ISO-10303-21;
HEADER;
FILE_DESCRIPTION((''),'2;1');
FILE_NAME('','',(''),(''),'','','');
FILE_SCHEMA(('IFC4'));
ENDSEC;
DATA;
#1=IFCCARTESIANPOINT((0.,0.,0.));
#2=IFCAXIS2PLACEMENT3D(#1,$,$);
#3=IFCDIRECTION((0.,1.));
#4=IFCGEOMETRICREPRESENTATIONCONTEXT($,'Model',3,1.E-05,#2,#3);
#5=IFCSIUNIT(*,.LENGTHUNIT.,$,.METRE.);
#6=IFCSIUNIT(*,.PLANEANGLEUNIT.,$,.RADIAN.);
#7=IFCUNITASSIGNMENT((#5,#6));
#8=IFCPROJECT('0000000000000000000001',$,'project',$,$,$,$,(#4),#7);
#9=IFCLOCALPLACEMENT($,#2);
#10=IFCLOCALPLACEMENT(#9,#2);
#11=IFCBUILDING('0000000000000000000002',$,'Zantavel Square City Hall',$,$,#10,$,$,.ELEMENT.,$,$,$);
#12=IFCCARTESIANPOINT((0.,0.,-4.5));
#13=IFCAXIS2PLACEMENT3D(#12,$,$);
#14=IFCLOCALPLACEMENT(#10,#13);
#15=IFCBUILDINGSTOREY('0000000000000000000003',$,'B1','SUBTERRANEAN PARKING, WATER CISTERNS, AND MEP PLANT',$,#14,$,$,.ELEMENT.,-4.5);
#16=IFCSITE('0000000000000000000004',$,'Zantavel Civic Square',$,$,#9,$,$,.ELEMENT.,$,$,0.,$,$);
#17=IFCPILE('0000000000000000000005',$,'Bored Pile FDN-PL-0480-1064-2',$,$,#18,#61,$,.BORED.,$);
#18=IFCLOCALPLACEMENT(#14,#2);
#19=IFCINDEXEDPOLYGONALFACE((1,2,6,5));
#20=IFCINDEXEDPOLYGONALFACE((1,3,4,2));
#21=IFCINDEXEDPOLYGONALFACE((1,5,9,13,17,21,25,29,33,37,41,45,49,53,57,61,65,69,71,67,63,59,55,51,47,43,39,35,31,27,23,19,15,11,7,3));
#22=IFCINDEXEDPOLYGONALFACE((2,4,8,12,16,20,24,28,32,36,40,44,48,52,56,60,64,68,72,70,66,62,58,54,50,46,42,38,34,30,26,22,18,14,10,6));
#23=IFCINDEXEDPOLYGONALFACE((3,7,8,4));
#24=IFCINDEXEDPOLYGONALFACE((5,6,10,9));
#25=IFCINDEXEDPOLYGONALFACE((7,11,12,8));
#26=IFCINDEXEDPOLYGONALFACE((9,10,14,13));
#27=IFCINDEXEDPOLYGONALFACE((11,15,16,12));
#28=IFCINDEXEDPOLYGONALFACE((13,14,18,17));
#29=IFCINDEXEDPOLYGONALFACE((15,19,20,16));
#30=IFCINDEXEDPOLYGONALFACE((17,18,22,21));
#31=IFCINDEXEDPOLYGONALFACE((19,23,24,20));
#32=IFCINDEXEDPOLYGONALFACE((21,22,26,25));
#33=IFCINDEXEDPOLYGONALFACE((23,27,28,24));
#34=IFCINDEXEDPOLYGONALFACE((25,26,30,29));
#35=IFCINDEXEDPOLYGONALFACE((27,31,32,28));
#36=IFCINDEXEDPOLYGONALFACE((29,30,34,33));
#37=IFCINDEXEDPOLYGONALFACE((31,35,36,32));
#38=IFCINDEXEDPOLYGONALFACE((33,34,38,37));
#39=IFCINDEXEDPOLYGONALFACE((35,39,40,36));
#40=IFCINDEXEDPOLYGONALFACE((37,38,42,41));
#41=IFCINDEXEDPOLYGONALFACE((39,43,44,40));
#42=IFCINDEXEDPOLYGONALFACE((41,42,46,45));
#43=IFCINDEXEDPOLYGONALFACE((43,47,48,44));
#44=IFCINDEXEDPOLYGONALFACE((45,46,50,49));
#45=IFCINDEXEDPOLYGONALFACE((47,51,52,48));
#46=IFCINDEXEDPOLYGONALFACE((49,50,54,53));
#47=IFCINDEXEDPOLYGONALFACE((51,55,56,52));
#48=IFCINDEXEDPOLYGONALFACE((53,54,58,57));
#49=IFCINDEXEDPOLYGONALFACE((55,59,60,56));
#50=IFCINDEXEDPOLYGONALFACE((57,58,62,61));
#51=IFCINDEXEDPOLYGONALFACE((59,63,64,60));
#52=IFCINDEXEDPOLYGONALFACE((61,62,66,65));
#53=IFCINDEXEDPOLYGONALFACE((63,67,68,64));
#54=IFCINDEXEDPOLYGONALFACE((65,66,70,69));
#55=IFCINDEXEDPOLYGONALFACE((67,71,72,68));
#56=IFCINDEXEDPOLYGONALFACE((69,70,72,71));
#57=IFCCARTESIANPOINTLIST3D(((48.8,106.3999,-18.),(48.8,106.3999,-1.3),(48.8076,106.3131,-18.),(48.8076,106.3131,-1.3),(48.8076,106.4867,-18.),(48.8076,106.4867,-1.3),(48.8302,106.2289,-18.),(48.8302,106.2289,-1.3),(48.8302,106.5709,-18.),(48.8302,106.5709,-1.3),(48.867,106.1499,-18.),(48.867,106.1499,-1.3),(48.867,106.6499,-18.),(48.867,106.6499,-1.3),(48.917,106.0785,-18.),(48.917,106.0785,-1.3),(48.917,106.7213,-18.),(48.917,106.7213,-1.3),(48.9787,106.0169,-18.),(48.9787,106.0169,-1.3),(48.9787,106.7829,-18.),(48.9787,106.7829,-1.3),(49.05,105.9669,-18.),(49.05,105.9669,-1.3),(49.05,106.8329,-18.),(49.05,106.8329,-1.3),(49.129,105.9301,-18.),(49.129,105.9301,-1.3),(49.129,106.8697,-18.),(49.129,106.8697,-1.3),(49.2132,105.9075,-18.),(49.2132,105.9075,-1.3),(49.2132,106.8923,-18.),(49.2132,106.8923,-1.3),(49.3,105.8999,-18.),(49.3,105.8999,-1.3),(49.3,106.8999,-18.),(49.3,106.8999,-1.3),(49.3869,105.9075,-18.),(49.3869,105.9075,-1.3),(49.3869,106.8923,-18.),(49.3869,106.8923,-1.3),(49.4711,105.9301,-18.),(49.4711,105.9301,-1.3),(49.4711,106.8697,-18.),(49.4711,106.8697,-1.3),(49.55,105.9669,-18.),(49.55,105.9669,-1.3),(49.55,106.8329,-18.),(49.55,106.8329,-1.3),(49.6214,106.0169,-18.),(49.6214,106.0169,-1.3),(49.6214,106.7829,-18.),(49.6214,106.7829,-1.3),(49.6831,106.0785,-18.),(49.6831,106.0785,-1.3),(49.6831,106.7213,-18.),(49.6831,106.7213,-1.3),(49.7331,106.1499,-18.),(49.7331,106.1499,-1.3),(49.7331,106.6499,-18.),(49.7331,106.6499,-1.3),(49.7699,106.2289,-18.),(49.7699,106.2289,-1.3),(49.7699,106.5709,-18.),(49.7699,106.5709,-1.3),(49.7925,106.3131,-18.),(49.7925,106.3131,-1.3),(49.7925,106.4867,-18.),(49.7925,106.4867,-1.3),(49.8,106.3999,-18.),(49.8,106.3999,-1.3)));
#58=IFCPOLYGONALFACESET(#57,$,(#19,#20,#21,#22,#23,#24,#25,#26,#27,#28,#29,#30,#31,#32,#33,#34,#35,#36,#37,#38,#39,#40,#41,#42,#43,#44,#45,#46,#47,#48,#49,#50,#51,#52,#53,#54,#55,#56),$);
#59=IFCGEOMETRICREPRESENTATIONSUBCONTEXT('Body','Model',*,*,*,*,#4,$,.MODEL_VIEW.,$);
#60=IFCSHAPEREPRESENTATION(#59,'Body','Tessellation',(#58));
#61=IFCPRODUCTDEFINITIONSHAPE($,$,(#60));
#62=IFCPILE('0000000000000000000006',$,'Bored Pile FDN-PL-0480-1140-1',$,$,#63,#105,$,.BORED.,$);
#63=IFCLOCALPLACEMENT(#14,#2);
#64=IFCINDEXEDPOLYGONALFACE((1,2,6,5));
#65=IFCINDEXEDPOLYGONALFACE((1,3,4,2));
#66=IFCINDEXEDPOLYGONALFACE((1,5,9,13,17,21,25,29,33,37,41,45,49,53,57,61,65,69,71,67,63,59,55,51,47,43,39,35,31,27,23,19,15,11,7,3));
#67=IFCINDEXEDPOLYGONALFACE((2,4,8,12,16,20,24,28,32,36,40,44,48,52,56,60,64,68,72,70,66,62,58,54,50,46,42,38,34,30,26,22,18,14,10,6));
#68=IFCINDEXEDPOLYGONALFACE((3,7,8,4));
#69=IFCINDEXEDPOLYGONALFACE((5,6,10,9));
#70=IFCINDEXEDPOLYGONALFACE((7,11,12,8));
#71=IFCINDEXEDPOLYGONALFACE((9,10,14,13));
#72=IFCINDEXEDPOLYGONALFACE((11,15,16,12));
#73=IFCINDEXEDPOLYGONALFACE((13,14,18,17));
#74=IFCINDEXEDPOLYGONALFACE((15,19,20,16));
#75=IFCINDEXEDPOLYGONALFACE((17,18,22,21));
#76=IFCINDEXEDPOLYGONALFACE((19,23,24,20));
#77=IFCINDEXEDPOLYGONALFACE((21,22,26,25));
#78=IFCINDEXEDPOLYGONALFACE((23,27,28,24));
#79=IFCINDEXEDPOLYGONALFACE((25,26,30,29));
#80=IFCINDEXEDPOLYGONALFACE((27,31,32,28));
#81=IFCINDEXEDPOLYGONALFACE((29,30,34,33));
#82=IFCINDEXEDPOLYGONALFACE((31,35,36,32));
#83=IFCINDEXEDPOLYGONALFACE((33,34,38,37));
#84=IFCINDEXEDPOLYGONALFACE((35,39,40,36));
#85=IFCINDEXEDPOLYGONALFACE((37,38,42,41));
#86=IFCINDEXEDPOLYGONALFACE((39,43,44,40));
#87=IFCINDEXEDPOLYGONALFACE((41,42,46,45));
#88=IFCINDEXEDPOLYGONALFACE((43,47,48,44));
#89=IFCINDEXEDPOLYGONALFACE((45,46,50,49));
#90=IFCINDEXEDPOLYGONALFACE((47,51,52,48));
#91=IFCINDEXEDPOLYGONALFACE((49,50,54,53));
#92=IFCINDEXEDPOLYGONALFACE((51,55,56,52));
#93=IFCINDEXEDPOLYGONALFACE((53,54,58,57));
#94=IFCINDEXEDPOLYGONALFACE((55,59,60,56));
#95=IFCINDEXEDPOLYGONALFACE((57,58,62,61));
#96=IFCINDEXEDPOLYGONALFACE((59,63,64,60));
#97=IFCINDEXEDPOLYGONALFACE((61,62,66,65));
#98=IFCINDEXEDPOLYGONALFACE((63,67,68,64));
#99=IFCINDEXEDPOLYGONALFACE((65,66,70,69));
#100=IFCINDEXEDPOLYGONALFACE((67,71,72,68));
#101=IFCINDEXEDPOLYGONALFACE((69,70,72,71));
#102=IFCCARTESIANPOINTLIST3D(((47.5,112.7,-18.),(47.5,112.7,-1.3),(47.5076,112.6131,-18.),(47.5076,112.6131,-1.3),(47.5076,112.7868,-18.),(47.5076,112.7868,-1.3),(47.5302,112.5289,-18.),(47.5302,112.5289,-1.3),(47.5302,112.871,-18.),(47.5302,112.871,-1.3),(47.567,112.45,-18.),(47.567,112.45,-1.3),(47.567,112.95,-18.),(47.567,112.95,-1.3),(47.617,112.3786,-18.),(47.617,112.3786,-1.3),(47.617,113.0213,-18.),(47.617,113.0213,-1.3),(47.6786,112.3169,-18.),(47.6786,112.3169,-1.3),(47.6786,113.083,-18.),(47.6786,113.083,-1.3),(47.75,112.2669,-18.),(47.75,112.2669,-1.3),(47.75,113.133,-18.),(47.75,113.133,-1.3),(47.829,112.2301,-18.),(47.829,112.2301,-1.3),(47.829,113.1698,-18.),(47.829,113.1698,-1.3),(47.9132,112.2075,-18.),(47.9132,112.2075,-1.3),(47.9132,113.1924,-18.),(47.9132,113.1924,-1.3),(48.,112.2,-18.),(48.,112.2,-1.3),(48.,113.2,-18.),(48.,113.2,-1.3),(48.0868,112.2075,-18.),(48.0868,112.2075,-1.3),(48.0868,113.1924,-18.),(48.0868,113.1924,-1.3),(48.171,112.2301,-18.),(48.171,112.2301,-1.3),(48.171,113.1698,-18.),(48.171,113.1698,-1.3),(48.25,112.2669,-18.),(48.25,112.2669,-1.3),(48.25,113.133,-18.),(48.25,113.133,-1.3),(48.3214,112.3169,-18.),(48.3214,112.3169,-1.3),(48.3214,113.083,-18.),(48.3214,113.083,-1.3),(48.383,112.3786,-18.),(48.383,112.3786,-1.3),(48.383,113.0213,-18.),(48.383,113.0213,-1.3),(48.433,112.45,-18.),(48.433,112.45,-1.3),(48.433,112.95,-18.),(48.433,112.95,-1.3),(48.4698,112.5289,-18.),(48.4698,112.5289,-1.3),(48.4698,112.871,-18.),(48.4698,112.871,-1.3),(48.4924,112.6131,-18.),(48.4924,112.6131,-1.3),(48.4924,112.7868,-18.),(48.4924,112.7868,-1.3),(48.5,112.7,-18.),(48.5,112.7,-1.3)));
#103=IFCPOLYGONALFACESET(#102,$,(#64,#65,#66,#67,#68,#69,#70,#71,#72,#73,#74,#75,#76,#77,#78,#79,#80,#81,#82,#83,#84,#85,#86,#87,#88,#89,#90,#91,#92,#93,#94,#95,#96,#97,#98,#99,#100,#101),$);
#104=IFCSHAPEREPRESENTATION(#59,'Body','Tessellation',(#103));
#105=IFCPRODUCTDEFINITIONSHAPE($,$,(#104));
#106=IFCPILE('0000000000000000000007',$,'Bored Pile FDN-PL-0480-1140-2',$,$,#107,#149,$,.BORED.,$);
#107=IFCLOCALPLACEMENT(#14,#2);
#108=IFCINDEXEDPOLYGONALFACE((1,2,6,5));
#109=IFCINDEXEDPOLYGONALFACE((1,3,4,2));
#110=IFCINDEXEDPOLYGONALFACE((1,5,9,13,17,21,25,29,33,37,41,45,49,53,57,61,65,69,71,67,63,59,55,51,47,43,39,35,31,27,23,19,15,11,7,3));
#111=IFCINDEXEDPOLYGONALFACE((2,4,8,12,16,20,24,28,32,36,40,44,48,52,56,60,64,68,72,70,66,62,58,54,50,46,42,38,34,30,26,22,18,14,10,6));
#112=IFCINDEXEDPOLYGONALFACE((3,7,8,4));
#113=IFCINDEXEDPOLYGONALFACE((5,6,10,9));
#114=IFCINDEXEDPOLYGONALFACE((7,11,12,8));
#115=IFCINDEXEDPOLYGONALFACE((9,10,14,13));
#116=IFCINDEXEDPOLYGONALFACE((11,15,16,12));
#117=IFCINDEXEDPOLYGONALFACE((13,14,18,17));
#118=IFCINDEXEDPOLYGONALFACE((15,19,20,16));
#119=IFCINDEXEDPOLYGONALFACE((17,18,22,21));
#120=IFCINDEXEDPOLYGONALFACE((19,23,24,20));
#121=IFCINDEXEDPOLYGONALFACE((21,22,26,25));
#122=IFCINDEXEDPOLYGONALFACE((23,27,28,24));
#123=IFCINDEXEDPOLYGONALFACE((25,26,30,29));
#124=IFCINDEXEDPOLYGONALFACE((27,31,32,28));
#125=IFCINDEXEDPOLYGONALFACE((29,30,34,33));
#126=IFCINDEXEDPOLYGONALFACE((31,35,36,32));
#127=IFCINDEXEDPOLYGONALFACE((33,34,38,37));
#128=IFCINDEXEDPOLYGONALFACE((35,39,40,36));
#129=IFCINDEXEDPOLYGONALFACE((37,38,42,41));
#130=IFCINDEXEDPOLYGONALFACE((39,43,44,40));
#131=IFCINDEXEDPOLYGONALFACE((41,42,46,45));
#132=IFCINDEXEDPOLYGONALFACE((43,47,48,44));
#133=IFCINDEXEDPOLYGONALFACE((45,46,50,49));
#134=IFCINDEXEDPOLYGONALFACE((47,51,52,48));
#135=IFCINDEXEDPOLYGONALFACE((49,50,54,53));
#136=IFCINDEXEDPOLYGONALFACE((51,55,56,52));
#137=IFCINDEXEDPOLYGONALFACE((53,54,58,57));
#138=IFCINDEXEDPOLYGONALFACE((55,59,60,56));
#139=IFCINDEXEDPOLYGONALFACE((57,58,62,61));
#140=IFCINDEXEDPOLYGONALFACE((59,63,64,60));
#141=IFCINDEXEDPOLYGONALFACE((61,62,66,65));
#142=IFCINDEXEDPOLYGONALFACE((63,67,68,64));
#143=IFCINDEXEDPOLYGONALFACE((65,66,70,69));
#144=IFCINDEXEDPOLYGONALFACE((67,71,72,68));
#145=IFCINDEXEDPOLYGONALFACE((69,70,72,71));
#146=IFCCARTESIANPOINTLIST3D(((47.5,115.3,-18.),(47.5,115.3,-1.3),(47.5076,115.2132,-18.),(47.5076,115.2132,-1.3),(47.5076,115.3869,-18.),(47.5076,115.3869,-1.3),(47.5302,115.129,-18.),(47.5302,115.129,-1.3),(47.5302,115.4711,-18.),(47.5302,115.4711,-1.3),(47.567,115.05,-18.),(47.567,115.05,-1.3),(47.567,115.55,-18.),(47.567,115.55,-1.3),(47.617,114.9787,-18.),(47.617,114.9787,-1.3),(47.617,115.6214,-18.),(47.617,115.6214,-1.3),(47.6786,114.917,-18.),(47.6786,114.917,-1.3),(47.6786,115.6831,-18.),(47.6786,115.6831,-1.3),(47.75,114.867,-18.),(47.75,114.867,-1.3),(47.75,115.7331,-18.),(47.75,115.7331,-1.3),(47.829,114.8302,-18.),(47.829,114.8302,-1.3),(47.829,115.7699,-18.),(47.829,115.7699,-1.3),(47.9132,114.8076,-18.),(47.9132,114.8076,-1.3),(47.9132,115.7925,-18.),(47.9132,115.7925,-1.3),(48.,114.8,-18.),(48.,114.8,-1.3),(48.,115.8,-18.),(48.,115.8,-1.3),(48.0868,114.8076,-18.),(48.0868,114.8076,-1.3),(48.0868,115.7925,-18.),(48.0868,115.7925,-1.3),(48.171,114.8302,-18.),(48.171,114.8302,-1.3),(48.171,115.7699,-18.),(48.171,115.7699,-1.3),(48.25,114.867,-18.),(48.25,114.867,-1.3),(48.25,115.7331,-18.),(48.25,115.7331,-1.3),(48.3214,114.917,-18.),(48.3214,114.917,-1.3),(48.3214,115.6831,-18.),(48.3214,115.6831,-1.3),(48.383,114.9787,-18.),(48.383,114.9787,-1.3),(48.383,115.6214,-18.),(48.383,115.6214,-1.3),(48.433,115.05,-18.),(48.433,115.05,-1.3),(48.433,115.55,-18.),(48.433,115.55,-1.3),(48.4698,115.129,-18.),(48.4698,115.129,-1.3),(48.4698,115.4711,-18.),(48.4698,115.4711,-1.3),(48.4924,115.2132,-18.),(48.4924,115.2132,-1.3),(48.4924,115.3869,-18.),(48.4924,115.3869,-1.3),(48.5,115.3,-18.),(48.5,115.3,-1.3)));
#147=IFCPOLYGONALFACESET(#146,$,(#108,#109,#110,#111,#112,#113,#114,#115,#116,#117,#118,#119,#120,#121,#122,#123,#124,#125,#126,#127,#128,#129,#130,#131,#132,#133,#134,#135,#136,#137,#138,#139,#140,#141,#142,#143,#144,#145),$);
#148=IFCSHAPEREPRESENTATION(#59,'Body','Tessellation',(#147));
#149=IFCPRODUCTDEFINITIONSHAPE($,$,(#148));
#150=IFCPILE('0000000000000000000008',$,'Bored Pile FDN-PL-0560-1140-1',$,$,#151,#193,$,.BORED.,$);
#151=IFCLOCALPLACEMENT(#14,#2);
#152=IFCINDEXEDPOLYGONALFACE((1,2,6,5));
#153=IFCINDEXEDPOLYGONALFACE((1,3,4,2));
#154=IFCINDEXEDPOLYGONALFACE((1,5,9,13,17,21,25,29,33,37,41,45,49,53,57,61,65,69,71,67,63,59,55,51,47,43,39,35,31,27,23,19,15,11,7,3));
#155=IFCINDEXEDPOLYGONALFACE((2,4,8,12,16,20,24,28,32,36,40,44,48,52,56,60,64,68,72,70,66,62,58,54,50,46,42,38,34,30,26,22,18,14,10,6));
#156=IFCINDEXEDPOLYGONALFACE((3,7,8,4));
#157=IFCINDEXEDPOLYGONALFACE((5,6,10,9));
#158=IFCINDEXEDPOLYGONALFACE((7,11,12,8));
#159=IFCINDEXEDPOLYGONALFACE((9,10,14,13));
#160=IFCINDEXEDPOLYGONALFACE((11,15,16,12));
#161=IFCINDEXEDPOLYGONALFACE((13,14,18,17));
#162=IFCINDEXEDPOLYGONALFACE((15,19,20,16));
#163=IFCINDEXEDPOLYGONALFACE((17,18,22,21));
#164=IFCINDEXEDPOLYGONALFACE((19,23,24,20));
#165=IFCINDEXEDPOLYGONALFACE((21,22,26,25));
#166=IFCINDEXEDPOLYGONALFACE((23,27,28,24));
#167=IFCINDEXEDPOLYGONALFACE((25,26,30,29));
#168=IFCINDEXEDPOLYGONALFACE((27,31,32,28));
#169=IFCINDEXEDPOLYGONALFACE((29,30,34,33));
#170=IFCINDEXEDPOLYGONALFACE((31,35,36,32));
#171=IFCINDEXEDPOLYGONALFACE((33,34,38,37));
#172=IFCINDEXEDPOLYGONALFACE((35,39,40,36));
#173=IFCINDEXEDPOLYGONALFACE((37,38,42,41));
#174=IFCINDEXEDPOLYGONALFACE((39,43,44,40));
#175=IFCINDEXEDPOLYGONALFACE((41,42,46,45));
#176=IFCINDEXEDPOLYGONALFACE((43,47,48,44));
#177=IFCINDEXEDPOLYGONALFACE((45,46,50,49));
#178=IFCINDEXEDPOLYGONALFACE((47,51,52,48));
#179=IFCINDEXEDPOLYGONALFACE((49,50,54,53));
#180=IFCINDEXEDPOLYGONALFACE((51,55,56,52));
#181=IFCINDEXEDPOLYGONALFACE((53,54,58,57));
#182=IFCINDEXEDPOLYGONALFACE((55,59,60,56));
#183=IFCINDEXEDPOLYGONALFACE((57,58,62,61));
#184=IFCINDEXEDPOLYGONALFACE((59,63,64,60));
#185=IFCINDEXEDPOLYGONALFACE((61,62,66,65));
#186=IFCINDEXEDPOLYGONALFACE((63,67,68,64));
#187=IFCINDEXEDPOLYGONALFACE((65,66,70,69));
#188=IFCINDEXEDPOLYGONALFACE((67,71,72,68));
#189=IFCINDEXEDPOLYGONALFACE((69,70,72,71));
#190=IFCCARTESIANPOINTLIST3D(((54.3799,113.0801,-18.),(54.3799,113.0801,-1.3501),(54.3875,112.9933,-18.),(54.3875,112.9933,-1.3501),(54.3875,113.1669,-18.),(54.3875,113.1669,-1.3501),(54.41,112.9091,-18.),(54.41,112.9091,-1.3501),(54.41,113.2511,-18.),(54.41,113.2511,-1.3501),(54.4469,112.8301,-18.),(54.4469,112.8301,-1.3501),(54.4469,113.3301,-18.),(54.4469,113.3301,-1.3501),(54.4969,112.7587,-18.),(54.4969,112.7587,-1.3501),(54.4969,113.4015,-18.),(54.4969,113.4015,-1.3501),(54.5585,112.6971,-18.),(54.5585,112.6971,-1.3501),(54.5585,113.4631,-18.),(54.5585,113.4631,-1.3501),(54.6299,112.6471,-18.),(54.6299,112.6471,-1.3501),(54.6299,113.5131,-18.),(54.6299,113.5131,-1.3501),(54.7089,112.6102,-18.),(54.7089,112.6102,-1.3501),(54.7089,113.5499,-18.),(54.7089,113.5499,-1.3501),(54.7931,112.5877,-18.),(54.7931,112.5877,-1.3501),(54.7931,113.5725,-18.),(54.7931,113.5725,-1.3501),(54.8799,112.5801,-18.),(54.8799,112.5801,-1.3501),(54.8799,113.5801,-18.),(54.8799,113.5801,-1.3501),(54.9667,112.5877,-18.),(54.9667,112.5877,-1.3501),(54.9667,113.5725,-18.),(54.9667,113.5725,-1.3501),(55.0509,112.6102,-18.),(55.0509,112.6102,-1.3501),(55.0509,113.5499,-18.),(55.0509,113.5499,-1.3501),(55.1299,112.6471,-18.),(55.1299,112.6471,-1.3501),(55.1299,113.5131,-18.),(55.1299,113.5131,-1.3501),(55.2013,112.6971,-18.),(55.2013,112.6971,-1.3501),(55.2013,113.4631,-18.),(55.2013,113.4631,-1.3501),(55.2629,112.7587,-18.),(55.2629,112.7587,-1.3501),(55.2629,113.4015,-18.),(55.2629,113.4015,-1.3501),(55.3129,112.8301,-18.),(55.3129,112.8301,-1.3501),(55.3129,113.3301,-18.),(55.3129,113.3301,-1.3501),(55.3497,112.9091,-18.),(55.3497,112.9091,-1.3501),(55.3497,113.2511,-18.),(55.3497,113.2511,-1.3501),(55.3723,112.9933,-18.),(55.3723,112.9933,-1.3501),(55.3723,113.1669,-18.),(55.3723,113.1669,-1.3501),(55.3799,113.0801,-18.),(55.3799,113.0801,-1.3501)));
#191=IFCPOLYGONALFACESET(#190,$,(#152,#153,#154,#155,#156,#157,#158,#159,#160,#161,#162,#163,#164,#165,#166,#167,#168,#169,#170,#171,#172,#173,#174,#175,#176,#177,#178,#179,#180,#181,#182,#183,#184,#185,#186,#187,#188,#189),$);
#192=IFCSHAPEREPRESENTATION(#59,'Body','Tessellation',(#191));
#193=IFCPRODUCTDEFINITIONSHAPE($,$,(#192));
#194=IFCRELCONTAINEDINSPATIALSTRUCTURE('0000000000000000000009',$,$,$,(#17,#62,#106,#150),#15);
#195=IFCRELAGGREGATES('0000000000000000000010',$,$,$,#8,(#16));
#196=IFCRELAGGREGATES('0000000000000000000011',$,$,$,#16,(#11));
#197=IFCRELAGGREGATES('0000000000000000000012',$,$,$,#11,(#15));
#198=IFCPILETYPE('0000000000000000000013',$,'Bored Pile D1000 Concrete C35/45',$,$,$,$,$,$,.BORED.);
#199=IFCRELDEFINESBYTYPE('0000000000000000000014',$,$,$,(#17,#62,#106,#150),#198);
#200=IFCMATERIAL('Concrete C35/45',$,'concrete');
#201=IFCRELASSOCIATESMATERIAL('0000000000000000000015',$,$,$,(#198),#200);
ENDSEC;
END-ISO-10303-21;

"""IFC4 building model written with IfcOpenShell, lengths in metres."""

from ifc_helpers import new_model, si_unit, direction, frame, origin, origin_2d, place, context, subcontext, project, spatial, circle, extrude, material, material_profile, profile_set, type_object, element, save


model = new_model("IFC4")

# Units and contexts
model_context = context("Model", 3, precision=1e-05, world=origin(), true_north=direction((0.0, 1.0)))
body_context = subcontext(model_context, "Body", "Model", "MODEL_VIEW")
ifc_project = project(units=[si_unit("LENGTHUNIT", "METRE"), si_unit("PLANEANGLEUNIT", "RADIAN")], contexts=[model_context])

# Site, building, storey
site_placement = place(None, origin())
site = spatial("IfcSite", under=ifc_project, at=site_placement, Name="Zantavel Civic Square", CompositionType="ELEMENT", RefElevation=0.0)
building_placement = place(site_placement, origin())
building = spatial("IfcBuilding", under=site, at=building_placement, Name="Zantavel Square City Hall", CompositionType="ELEMENT")
storey_placement = place(building_placement, frame((0.0, 0.0, -4.5)))
storey = spatial("IfcBuildingStorey", under=building, at=storey_placement, Name="B1", Description="SUBTERRANEAN PARKING, WATER CISTERNS, AND MEP PLANT", CompositionType="ELEMENT", Elevation=-4.5)

# Piles
ifc_material_1 = material(Name="Concrete C35/45", Category="concrete")
ifc_material_profile_1 = material_profile(ifc_material_1, circle(Radius=0.5, at=origin_2d()), Name="PILE D1000")
ifc_profile_set_1 = profile_set([ifc_material_profile_1], Name="Concrete C35/45")
pile_type_1 = type_object("IfcPileType", Name="Bored Pile D1000 Concrete C35/45", PredefinedType="BORED", material=ifc_profile_set_1)
for number, where, z_axis, x_axis, name in (
    (1, (49.3, 106.3999, -1.3), (0.0, 0.0, -1.0), (1.0, 0.0, 0.0), "Bored Pile FDN-PL-0480-1064-2"),
    (2, (48.0, 112.7, -1.3), (0.0, 0.0, -1.0), (1.0, 0.0, 0.0), "Bored Pile FDN-PL-0480-1140-1"),
    (3, (48.0, 115.3, -1.3), (0.0, 0.0, -1.0), (1.0, 0.0, 0.0), "Bored Pile FDN-PL-0480-1140-2"),
):
    element("IfcPile", number, at=place(storey_placement, frame(where, z_axis=z_axis, x_axis=x_axis)), inside=storey, type_object=pile_type_1, Name=name, PredefinedType="BORED", context=body_context, shape_type="SweptSolid", body=[
        extrude(circle(Radius=0.5, at=origin_2d()), origin(), (0.0, 0.0, 1.0), 16.7),
    ])
pile_placement = place(storey_placement, frame((54.8799, 113.0801, -1.3501), z_axis=(0.0, 0.0, -1.0), x_axis=(1.0, 0.0, 0.0)))
element("IfcPile", 4, at=pile_placement, inside=storey, type_object=pile_type_1, Name="Bored Pile FDN-PL-0560-1140-1", PredefinedType="BORED", context=body_context, shape_type="SweptSolid", body=[
    extrude(circle(Radius=0.5, at=origin_2d()), origin(), (0.0, 0.0, 1.0), 16.6499),
])

save(model, "model.ifc")
